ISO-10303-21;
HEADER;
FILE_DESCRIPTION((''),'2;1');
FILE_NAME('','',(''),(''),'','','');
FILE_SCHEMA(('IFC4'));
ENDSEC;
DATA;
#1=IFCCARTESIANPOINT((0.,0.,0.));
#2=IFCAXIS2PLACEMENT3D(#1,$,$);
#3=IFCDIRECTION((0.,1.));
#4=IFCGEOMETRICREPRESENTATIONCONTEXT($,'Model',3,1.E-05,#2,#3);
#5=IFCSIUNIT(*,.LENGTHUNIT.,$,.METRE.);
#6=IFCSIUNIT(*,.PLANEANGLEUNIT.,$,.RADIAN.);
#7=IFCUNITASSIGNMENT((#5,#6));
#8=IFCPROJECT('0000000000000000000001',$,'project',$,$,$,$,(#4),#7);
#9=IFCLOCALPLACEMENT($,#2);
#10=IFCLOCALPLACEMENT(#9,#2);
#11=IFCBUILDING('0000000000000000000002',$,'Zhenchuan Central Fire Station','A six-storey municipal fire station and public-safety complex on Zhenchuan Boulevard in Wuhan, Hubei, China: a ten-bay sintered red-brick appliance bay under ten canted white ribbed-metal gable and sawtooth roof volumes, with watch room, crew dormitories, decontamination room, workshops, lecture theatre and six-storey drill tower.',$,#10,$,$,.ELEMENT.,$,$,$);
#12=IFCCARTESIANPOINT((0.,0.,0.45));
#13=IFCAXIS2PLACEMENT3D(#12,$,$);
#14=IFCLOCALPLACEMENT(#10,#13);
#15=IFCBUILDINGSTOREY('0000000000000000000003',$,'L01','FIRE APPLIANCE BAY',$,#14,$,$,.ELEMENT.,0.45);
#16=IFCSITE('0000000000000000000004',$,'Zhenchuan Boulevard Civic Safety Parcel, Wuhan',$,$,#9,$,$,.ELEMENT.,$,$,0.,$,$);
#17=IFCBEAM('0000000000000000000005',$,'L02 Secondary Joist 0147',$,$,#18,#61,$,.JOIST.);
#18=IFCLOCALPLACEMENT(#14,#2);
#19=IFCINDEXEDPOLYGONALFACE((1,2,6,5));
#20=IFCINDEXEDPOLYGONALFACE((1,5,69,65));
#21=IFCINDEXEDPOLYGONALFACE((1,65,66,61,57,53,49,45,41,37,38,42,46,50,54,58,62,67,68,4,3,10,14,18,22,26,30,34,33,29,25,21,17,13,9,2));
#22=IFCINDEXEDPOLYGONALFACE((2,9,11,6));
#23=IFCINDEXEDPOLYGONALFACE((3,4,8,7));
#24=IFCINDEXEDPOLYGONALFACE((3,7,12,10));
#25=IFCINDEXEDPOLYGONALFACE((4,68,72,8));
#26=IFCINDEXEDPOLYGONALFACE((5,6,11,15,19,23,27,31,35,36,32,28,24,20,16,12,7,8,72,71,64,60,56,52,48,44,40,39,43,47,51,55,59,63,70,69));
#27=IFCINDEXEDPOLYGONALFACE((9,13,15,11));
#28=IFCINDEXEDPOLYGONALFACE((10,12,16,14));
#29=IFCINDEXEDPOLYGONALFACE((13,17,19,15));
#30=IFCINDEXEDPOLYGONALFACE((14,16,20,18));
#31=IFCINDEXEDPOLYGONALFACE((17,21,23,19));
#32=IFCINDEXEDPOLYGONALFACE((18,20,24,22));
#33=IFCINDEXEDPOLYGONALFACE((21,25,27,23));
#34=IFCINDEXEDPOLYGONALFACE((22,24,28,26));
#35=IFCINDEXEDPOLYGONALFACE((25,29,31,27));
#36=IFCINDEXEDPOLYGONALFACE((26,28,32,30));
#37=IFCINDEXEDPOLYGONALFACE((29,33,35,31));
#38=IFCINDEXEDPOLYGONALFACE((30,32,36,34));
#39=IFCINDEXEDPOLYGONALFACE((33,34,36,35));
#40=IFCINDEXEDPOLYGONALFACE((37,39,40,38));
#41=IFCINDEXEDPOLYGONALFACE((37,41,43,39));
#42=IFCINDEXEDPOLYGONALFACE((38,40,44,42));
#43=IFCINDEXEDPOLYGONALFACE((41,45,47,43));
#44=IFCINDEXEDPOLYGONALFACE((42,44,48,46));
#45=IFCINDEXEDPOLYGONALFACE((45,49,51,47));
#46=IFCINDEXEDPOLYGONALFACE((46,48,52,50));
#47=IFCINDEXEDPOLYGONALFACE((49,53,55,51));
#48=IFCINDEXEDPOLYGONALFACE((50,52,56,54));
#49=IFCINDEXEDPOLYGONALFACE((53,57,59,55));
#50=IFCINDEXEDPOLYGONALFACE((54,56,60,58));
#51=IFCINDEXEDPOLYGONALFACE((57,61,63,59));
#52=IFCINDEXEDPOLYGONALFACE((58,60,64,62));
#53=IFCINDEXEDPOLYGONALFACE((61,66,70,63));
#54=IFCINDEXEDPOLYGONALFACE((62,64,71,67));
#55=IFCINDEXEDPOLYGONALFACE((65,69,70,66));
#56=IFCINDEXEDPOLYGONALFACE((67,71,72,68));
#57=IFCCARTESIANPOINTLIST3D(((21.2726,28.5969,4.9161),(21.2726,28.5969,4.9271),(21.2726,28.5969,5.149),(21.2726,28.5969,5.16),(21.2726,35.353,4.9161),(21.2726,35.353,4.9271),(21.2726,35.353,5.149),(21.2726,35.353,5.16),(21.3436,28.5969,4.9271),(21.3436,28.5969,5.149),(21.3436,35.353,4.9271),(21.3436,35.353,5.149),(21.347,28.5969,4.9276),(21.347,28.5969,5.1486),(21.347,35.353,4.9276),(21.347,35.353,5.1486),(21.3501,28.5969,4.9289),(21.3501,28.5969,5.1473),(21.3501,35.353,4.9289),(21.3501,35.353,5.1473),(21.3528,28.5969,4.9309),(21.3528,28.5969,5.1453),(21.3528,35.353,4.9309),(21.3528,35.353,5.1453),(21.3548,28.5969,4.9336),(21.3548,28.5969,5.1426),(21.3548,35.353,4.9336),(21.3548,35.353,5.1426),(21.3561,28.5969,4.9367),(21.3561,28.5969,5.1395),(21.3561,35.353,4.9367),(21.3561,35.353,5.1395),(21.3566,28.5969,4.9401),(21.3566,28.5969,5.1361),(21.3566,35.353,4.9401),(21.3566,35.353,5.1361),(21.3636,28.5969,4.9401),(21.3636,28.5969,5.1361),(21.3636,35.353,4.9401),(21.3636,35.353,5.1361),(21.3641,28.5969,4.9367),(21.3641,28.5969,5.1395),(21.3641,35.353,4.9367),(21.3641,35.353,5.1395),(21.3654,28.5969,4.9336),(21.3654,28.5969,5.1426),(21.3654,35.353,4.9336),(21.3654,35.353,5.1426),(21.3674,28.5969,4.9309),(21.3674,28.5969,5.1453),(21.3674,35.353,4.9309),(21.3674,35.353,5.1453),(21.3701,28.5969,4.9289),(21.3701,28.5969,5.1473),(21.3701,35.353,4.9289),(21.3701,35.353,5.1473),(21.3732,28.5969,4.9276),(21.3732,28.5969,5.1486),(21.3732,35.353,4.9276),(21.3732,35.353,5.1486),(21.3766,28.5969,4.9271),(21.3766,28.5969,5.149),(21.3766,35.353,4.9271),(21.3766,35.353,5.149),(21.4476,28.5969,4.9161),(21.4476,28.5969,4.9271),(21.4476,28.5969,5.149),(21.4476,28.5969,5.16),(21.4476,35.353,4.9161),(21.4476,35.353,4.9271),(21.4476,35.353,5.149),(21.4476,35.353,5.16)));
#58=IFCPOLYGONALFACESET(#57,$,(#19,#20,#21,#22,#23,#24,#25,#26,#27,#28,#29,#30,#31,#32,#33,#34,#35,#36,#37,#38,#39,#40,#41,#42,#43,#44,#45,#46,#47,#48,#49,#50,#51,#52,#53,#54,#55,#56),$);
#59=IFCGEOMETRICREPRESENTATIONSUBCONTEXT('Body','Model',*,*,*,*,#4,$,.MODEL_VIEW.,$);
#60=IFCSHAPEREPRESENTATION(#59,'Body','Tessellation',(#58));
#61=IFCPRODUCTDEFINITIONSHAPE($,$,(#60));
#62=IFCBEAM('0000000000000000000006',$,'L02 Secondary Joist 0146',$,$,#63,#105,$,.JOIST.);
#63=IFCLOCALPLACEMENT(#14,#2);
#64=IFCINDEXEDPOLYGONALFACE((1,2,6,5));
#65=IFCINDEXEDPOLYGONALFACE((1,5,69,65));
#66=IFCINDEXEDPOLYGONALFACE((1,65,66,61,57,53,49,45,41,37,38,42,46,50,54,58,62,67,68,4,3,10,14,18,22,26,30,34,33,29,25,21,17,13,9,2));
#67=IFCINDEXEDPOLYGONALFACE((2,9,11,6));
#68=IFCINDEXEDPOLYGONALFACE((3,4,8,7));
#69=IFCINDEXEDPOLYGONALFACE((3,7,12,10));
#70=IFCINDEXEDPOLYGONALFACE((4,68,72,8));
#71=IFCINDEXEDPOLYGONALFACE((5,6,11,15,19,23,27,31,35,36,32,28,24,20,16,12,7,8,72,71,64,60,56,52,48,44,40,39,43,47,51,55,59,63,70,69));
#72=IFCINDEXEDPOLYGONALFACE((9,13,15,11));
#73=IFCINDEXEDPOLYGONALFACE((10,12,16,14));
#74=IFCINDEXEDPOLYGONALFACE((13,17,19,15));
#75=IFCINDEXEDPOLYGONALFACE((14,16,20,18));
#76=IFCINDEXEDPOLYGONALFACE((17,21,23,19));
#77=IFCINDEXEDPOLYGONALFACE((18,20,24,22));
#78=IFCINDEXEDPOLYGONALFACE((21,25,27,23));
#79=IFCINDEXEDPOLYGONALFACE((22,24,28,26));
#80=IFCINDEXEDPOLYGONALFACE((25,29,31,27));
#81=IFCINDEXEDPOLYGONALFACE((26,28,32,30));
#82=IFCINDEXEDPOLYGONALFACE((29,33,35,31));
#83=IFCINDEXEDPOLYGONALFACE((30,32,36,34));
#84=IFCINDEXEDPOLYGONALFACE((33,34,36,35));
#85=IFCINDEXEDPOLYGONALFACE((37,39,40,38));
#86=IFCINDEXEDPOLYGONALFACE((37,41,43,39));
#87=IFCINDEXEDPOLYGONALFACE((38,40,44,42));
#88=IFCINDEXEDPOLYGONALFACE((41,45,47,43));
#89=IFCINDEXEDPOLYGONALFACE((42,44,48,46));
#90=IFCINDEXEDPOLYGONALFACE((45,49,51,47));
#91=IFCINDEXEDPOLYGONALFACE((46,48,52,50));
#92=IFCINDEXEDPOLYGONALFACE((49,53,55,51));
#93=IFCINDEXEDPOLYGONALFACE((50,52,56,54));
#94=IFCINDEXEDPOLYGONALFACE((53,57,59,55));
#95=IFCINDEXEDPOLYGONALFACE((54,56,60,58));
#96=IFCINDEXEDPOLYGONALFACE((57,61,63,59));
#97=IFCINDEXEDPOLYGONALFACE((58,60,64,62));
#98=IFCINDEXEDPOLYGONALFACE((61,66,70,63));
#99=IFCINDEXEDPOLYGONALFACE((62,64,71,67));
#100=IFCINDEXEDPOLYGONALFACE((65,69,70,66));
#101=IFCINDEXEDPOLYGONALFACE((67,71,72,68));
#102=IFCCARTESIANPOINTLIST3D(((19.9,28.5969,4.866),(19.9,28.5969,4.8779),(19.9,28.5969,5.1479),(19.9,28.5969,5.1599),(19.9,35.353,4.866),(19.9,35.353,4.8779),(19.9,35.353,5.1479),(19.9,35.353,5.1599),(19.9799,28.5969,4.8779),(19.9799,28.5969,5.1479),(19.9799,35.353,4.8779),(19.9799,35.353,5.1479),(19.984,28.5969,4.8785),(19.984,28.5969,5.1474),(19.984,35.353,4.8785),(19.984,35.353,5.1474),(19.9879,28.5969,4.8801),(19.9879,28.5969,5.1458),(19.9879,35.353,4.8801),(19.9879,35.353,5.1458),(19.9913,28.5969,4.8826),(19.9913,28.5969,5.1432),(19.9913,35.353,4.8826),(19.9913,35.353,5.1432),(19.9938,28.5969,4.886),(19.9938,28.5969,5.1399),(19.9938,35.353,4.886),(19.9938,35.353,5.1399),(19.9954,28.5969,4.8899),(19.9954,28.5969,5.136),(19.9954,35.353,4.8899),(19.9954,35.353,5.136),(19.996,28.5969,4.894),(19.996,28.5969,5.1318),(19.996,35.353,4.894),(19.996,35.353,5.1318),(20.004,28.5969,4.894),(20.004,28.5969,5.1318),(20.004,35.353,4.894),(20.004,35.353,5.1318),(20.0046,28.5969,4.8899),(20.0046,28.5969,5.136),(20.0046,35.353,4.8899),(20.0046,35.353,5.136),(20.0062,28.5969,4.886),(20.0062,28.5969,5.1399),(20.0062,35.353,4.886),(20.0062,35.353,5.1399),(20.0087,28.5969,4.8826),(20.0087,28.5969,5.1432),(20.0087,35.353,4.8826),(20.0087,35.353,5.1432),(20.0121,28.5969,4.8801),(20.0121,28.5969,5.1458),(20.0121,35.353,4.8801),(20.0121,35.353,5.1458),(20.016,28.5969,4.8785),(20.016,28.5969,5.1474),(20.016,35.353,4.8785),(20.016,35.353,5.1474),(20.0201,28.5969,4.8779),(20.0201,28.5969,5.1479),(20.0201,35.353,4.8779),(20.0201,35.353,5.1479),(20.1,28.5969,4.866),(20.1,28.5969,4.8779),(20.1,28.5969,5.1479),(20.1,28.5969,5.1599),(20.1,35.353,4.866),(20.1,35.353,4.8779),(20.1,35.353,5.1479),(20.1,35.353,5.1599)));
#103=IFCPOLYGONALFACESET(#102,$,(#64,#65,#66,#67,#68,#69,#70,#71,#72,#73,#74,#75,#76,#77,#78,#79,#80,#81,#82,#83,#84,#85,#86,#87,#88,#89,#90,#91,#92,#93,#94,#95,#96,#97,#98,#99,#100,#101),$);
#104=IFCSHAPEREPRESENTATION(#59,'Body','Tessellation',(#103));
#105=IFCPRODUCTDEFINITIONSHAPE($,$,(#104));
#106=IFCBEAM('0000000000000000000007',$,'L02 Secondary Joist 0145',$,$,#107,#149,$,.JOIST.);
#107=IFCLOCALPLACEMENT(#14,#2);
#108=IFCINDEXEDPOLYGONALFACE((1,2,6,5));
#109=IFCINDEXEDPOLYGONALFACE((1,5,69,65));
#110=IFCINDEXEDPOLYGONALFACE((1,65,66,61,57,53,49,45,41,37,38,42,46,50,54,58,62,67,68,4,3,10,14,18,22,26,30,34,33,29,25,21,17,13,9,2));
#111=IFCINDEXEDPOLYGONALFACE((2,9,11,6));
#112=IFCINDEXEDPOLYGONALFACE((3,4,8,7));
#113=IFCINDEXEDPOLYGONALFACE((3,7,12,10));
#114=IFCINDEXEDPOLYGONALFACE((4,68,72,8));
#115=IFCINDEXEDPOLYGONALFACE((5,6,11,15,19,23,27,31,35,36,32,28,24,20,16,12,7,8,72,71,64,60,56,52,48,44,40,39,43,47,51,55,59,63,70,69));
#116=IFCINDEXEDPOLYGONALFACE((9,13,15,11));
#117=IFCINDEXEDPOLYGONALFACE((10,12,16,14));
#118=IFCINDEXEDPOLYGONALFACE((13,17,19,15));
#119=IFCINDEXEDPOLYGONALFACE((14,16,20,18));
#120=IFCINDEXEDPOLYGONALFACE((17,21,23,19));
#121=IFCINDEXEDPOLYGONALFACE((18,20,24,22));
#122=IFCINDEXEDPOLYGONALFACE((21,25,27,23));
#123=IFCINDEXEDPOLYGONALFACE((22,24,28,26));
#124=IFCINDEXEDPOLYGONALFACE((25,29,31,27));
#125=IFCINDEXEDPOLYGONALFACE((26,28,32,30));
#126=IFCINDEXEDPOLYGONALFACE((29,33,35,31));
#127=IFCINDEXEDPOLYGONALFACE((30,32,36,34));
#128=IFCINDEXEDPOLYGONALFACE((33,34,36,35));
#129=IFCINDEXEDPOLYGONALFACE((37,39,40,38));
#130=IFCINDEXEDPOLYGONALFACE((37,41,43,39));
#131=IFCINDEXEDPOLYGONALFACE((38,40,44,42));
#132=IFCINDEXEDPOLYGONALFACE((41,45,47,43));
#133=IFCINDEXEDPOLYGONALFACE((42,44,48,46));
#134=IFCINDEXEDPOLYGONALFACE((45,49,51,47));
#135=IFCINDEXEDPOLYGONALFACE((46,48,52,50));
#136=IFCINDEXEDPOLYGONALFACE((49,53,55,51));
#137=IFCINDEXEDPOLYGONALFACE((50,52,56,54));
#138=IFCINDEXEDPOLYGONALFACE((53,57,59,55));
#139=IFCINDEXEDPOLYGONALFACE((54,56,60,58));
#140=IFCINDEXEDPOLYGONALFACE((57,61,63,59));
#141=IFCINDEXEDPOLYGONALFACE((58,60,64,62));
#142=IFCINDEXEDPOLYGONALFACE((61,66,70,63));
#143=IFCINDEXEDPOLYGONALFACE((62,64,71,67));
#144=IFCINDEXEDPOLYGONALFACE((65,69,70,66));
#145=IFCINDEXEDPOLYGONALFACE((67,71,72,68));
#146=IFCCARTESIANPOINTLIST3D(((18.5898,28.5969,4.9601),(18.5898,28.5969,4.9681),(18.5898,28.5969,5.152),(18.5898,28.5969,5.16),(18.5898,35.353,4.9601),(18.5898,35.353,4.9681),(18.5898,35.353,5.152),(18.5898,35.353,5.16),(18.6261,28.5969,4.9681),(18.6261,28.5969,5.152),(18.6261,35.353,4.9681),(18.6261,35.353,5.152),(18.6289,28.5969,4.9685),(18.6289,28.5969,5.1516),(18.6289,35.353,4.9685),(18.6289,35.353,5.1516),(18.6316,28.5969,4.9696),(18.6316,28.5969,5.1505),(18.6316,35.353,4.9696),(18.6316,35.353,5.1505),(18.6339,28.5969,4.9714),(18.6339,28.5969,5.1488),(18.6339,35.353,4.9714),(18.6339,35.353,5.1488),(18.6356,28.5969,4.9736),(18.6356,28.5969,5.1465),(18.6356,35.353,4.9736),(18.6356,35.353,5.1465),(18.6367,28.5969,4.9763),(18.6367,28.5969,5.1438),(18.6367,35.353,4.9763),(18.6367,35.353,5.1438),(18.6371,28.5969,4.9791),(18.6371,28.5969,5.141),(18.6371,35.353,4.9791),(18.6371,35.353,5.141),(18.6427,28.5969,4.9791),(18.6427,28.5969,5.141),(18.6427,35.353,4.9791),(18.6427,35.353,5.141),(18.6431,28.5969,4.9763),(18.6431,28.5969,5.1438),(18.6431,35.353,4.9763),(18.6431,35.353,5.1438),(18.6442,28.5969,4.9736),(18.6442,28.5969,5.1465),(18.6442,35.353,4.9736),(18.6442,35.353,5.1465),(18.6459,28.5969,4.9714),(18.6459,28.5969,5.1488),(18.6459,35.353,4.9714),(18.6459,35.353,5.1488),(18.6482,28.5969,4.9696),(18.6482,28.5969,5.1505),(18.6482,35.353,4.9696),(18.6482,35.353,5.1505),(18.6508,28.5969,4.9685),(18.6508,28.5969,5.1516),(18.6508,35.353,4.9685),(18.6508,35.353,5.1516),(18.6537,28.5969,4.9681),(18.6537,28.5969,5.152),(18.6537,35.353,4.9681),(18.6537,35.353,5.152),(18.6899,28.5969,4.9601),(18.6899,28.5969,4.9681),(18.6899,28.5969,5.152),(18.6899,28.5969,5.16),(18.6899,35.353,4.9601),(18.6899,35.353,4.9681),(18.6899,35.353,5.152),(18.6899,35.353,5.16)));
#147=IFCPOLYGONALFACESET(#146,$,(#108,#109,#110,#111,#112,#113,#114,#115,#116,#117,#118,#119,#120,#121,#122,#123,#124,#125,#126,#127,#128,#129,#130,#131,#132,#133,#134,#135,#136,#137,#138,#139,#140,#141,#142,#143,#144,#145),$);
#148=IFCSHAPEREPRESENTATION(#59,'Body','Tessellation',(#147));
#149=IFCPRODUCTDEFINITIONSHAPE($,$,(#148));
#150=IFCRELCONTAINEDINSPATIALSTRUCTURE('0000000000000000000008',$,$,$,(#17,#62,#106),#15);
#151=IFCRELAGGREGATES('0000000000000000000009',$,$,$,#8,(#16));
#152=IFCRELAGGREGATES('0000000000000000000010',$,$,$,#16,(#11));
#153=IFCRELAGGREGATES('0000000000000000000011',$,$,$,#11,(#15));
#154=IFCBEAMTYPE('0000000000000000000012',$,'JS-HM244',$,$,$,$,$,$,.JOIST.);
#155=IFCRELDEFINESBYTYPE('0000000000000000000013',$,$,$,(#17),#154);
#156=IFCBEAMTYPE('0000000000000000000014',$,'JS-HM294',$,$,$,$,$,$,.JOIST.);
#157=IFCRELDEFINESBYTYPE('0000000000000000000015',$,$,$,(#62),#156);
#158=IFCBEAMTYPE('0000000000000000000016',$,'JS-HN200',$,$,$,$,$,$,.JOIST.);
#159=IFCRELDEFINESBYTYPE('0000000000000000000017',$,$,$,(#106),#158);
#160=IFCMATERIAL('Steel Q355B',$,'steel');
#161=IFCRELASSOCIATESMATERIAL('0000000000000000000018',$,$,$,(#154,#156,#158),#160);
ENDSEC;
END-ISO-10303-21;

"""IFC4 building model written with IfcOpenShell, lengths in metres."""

from ifc_helpers import new_model, si_unit, direction, frame, origin, origin_2d, place, context, subcontext, project, spatial, i_section, extrude, material, material_profile, profile_set, type_object, element, save


model = new_model("IFC4")

# Units and contexts
model_context = context("Model", 3, precision=1e-05, world=origin(), true_north=direction((0.0, 1.0)))
body_context = subcontext(model_context, "Body", "Model", "MODEL_VIEW")
ifc_project = project(units=[si_unit("LENGTHUNIT", "METRE"), si_unit("PLANEANGLEUNIT", "RADIAN")], contexts=[model_context])

# Site, building, storey
site_placement = place(None, origin())
site = spatial("IfcSite", under=ifc_project, at=site_placement, Name="Zhenchuan Boulevard Civic Safety Parcel, Wuhan", CompositionType="ELEMENT", RefElevation=0.0)
building_placement = place(site_placement, origin())
building = spatial("IfcBuilding", under=site, at=building_placement, Name="Zhenchuan Central Fire Station", Description="A six-storey municipal fire station and public-safety complex on Zhenchuan Boulevard in Wuhan, Hubei, China: a ten-bay sintered red-brick appliance bay under ten canted white ribbed-metal gable and sawtooth roof volumes, with watch room, crew dormitories, decontamination room, workshops, lecture theatre and six-storey drill tower.", CompositionType="ELEMENT")
storey_placement = place(building_placement, frame((0.0, 0.0, 0.45)))
storey = spatial("IfcBuildingStorey", under=building, at=storey_placement, Name="L01", Description="FIRE APPLIANCE BAY", CompositionType="ELEMENT", Elevation=0.45)

# Shared definitions
ifc_material_1 = material(Name="Steel Q355B", Category="steel")

# Beams
ifc_material_profile_1 = material_profile(ifc_material_1, i_section(OverallWidth=0.175, OverallDepth=0.2439, WebThickness=0.0071, FlangeThickness=0.011, FilletRadius=0.0129, at=origin_2d()), Name="HM 244x175")
ifc_profile_set_1 = profile_set([ifc_material_profile_1], Name="Steel Q355B")
beam_type_1 = type_object("IfcBeamType", Name="JS-HM244", PredefinedType="JOIST", material=ifc_profile_set_1)
for number, where, z_axis, x_axis, name in (
    (1, (21.3601, 28.5969, 5.0381), (0.0, 1.0, 0.0), (-1.0, 0.0, 0.0), "L02 Secondary Joist 0147"),
):
    element("IfcBeam", number, at=place(storey_placement, frame(where, z_axis=z_axis, x_axis=x_axis)), inside=storey, type_object=beam_type_1, Name=name, PredefinedType="JOIST", context=body_context, shape_type="SweptSolid", body=[
        extrude(i_section(OverallWidth=0.175, OverallDepth=0.2439, WebThickness=0.0071, FlangeThickness=0.011, FilletRadius=0.0129, at=origin_2d()), origin(), (0.0, 0.0, 1.0), 6.7561),
    ])
ifc_material_profile_2 = material_profile(ifc_material_1, i_section(OverallWidth=0.2, OverallDepth=0.2939, WebThickness=0.0081, FlangeThickness=0.012, FilletRadius=0.0161, at=origin_2d()), Name="HM 294x200")
ifc_profile_set_2 = profile_set([ifc_material_profile_2], Name="Steel Q355B")
beam_type_2 = type_object("IfcBeamType", Name="JS-HM294", PredefinedType="JOIST", material=ifc_profile_set_2)
beam_1_placement = place(storey_placement, frame((20.0, 28.5969, 5.0129), z_axis=(0.0, 1.0, 0.0), x_axis=(-1.0, 0.0, 0.0)))
element("IfcBeam", 2, at=beam_1_placement, inside=storey, type_object=beam_type_2, Name="L02 Secondary Joist 0146", PredefinedType="JOIST", context=body_context, shape_type="SweptSolid", body=[
    extrude(i_section(OverallWidth=0.2, OverallDepth=0.2939, WebThickness=0.0081, FlangeThickness=0.012, FilletRadius=0.0161, at=origin_2d()), origin(), (0.0, 0.0, 1.0), 6.7561),
])
ifc_material_profile_3 = material_profile(ifc_material_1, i_section(OverallWidth=0.1001, OverallDepth=0.2, WebThickness=0.0056, FlangeThickness=0.0081, FilletRadius=0.011, at=origin_2d()), Name="HN 200x100")
ifc_profile_set_3 = profile_set([ifc_material_profile_3], Name="Steel Q355B")
beam_type_3 = type_object("IfcBeamType", Name="JS-HN200", PredefinedType="JOIST", material=ifc_profile_set_3)
beam_2_placement = place(storey_placement, frame((18.6399, 28.5969, 5.0601), z_axis=(0.0, 1.0, 0.0), x_axis=(-1.0, 0.0, 0.0)))
element("IfcBeam", 3, at=beam_2_placement, inside=storey, type_object=beam_type_3, Name="L02 Secondary Joist 0145", PredefinedType="JOIST", context=body_context, shape_type="SweptSolid", body=[
    extrude(i_section(OverallWidth=0.1001, OverallDepth=0.2, WebThickness=0.0056, FlangeThickness=0.0081, FilletRadius=0.011, at=origin_2d()), origin(), (0.0, 0.0, 1.0), 6.7561),
])

save(model, "model.ifc")
